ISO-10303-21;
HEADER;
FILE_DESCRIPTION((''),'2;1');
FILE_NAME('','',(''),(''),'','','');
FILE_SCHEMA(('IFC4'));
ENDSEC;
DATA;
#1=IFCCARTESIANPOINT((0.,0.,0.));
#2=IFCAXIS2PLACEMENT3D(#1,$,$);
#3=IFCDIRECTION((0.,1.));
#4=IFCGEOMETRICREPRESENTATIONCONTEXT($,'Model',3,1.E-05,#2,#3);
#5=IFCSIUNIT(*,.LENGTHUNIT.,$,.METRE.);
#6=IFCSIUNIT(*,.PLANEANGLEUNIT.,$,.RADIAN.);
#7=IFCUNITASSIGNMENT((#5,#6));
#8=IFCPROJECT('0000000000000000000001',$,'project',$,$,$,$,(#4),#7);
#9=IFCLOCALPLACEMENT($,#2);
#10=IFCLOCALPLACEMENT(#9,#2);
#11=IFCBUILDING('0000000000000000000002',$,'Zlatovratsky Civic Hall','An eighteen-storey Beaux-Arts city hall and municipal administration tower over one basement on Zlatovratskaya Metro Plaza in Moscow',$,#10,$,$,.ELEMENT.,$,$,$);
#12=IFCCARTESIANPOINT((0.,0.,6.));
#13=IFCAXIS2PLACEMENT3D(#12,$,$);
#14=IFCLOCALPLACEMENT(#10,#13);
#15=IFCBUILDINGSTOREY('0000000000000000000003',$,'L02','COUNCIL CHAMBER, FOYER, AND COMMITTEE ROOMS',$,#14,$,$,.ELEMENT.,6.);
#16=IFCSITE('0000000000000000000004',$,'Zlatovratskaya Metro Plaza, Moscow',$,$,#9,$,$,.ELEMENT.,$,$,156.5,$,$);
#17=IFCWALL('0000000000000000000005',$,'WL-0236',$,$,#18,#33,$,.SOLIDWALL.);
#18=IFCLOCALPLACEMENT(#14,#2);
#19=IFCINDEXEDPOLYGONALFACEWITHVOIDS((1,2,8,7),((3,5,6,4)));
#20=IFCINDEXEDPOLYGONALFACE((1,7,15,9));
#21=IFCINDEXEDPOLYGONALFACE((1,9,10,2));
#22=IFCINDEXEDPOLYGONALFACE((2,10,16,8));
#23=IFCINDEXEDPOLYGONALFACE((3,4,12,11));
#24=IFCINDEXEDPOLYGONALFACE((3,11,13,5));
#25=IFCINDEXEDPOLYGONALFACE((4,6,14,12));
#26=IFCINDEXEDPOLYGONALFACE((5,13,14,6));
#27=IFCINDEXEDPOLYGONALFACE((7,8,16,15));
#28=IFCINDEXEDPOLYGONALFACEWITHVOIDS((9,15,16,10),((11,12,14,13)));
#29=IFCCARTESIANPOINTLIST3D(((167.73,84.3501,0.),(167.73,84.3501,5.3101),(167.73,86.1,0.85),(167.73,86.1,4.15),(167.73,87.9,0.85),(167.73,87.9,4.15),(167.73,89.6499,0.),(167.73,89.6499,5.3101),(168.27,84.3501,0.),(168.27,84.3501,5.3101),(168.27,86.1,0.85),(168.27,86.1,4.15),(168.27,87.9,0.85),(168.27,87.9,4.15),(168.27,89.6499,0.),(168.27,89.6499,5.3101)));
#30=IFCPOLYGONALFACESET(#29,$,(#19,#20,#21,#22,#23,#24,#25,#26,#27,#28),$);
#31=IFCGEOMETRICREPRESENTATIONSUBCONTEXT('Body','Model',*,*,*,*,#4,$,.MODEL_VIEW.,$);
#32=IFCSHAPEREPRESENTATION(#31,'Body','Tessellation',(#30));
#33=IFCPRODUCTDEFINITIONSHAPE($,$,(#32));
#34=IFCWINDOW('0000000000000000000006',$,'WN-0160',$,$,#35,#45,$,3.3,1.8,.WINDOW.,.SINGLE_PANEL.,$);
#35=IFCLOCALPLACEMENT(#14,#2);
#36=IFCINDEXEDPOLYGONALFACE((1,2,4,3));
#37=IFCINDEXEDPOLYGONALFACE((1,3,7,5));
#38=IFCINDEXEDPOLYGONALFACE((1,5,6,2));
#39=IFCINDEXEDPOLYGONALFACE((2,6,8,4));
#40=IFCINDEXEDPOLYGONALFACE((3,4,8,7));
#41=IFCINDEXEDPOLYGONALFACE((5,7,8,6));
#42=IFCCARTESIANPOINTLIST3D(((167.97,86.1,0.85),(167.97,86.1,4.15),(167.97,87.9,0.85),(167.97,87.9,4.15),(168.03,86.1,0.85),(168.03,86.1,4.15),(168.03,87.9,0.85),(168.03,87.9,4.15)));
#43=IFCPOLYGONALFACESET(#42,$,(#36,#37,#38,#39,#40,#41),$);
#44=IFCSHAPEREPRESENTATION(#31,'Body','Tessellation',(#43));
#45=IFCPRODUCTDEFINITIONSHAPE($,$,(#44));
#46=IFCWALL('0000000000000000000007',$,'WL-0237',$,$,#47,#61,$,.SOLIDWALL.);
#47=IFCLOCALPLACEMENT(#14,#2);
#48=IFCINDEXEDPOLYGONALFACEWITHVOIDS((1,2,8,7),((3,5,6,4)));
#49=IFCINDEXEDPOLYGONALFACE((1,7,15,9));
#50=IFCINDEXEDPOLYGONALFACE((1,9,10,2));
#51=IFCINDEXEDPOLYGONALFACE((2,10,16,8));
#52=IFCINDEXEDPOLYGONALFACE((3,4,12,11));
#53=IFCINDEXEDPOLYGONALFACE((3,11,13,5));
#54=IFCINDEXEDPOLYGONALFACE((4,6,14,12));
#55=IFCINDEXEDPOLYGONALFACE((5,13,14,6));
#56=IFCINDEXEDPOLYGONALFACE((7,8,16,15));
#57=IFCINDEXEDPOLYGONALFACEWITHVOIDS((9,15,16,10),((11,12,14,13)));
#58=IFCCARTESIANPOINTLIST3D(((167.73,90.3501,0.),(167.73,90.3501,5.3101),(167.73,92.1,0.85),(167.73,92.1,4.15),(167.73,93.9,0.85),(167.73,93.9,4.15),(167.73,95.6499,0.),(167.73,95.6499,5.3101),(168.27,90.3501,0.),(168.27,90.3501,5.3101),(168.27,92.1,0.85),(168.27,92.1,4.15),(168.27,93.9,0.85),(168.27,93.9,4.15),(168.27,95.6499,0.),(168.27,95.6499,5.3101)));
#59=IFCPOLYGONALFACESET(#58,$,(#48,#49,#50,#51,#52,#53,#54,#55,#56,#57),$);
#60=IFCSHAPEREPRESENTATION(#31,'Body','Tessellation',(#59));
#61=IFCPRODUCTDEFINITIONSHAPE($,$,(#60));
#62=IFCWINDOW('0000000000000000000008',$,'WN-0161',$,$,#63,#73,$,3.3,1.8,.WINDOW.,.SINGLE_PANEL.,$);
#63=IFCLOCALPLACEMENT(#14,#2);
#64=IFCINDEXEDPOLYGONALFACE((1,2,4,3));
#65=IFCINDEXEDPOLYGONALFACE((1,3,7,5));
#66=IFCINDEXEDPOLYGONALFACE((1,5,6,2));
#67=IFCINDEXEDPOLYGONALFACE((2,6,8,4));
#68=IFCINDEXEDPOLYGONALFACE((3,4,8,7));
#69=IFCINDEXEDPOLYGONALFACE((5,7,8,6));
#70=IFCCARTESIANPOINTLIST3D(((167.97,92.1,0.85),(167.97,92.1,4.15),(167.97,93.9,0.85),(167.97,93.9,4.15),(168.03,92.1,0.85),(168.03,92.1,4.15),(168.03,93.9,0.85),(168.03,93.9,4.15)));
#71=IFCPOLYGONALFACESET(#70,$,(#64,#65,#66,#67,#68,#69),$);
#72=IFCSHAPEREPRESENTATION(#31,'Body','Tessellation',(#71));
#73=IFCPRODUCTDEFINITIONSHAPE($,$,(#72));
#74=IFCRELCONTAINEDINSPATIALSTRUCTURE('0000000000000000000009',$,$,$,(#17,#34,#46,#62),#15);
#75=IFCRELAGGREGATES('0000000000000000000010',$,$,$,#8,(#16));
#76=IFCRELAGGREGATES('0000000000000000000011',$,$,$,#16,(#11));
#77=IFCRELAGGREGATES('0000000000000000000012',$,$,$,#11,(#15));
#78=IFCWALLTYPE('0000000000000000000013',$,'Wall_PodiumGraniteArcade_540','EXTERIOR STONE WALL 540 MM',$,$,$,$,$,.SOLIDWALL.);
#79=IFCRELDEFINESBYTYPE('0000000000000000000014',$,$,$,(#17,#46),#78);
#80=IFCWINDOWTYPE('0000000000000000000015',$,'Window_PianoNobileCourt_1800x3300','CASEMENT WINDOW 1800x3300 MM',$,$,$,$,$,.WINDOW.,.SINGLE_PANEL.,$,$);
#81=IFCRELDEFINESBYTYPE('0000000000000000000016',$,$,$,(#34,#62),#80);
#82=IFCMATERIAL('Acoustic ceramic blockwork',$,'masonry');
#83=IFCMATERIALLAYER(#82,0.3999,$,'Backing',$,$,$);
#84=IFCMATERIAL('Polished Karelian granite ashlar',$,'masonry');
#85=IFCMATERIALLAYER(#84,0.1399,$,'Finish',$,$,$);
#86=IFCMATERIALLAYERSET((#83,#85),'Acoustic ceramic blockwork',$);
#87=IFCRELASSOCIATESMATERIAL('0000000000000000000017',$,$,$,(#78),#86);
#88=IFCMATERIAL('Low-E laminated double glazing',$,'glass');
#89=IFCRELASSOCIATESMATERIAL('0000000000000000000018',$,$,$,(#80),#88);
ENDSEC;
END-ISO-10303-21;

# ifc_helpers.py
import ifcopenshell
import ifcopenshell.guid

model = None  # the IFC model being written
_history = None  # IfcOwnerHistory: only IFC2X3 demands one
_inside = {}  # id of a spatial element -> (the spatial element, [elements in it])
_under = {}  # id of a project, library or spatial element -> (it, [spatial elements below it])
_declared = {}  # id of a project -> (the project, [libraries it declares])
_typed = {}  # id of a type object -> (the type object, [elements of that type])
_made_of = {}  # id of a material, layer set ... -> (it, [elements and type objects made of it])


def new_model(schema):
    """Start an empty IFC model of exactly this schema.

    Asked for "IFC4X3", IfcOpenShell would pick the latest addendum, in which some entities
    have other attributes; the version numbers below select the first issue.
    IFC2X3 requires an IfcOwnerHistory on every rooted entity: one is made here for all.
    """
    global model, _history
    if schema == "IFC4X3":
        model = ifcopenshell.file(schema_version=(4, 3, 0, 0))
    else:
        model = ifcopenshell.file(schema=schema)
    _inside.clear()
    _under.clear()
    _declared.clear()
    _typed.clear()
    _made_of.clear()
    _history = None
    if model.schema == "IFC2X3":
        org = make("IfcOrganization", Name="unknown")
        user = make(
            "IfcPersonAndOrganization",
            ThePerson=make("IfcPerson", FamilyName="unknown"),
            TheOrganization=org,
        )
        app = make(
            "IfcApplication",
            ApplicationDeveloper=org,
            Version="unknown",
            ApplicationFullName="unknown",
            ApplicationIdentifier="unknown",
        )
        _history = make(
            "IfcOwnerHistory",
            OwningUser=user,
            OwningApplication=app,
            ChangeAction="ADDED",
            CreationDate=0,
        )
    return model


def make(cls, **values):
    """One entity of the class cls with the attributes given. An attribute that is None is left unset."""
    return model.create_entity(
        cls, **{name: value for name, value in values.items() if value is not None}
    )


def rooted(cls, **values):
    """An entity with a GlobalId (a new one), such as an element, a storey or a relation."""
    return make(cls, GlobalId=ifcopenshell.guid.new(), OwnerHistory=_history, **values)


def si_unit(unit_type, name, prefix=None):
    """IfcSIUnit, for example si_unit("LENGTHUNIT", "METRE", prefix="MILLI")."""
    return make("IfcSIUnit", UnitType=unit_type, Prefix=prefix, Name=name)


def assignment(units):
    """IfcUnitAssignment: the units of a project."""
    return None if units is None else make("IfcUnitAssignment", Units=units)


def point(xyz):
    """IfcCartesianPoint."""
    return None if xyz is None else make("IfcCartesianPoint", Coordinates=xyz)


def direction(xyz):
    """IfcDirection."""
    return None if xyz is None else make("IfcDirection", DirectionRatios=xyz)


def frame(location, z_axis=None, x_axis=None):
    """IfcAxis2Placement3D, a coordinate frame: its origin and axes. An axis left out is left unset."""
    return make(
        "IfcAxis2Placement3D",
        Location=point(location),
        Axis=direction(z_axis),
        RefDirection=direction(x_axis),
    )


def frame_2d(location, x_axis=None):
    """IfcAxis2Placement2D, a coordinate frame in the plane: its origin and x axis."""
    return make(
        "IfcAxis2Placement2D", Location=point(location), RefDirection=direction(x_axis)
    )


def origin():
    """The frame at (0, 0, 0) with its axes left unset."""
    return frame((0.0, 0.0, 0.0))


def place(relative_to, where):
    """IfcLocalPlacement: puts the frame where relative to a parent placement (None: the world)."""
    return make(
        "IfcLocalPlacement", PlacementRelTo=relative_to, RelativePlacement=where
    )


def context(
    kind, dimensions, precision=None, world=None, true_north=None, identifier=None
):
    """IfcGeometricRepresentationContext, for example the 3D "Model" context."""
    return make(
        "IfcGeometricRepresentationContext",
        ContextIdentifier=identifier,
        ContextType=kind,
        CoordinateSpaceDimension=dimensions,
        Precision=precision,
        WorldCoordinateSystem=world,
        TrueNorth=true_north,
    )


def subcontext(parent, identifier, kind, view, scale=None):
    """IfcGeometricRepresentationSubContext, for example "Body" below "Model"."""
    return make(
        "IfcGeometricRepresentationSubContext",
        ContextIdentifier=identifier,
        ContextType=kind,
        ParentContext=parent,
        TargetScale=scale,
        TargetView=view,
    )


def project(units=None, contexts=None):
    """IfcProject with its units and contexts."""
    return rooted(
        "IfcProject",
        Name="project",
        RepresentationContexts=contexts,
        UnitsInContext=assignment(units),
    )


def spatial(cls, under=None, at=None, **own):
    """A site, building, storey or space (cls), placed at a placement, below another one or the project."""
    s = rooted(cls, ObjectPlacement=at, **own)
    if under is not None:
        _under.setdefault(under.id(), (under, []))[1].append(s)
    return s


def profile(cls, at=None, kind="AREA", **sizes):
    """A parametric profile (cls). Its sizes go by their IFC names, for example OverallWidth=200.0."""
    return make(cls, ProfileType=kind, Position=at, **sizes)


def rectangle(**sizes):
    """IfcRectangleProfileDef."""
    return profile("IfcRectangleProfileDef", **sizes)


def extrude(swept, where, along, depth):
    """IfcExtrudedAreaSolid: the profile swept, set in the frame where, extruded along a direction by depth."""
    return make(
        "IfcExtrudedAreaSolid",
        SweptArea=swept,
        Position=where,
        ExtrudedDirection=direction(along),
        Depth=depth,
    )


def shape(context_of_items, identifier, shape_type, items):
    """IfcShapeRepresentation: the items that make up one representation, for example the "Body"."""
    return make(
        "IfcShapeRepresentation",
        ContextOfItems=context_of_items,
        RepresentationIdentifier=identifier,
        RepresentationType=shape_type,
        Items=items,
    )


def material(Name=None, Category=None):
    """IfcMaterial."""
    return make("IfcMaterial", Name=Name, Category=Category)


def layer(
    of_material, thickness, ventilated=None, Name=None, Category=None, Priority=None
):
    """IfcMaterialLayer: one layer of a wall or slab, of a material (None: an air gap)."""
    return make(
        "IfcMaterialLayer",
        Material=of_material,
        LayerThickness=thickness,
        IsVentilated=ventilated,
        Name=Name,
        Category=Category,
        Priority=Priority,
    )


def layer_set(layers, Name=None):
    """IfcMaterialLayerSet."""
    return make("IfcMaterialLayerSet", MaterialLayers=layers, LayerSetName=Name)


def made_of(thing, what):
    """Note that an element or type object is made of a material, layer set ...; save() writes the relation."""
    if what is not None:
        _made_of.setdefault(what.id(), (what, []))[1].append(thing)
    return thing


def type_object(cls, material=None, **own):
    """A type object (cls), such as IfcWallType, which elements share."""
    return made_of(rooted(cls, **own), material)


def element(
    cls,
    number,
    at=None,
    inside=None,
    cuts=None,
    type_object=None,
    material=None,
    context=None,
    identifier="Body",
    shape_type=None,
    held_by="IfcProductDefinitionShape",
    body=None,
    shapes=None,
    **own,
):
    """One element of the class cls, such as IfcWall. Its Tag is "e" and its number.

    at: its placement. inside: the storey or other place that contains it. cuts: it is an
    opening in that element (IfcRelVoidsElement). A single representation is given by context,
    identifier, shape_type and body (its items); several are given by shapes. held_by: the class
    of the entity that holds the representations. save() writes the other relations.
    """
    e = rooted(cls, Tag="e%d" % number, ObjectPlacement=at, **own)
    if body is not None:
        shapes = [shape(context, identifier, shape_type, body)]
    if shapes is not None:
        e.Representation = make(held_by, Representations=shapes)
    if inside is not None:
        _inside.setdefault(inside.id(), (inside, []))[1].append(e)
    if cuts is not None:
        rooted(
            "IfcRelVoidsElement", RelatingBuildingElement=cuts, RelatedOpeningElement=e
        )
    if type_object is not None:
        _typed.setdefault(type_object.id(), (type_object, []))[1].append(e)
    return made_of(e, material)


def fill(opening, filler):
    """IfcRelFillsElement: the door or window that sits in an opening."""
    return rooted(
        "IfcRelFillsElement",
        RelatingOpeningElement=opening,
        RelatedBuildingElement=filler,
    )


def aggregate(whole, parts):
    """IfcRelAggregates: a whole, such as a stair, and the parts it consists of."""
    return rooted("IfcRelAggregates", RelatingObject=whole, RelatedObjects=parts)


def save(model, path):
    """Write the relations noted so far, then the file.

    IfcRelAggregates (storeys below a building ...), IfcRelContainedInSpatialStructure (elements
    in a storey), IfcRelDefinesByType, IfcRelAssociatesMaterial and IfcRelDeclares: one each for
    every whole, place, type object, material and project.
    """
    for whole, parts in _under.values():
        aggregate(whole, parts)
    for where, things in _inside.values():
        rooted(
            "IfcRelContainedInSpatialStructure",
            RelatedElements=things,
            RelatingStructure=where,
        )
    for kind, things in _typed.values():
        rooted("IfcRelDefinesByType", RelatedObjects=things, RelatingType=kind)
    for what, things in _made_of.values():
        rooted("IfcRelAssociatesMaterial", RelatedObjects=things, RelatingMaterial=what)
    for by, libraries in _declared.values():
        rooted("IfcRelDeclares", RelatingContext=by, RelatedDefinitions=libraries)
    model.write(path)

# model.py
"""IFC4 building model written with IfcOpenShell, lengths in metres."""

from ifc_helpers import new_model, si_unit, direction, frame, frame_2d, origin, place, context, subcontext, project, spatial, rectangle, extrude, material, layer, layer_set, type_object, element, fill, save


model = new_model("IFC4")

# Units and contexts
model_context = context("Model", 3, precision=1e-05, world=origin(), true_north=direction((0.0, 1.0)))
body_context = subcontext(model_context, "Body", "Model", "MODEL_VIEW")
ifc_project = project(units=[si_unit("LENGTHUNIT", "METRE"), si_unit("PLANEANGLEUNIT", "RADIAN")], contexts=[model_context])

# Site, building, storey
site_placement = place(None, origin())
site = spatial("IfcSite", under=ifc_project, at=site_placement, Name="Zlatovratskaya Metro Plaza, Moscow", CompositionType="ELEMENT", RefElevation=156.5)
building_placement = place(site_placement, origin())
building = spatial("IfcBuilding", under=site, at=building_placement, Name="Zlatovratsky Civic Hall", Description="An eighteen-storey Beaux-Arts city hall and municipal administration tower over one basement on Zlatovratskaya Metro Plaza in Moscow", CompositionType="ELEMENT")
storey_placement = place(building_placement, frame((0.0, 0.0, 6.0)))
storey = spatial("IfcBuildingStorey", under=building, at=storey_placement, Name="L02", Description="COUNCIL CHAMBER, FOYER, AND COMMITTEE ROOMS", CompositionType="ELEMENT", Elevation=6.0)

# Shared definitions
ifc_material_1 = material(Name="Acoustic ceramic blockwork", Category="masonry")

# Walls, openings, windows
ifc_layer_1 = layer(ifc_material_1, 0.3999, Name="Backing")
ifc_material_2 = material(Name="Polished Karelian granite ashlar", Category="masonry")
ifc_layer_2 = layer(ifc_material_2, 0.1399, Name="Finish")
ifc_layer_set_1 = layer_set([ifc_layer_1, ifc_layer_2], Name="Acoustic ceramic blockwork")
wall_type_1 = type_object("IfcWallType", Name="Wall_PodiumGraniteArcade_540", Description="EXTERIOR STONE WALL 540 MM", PredefinedType="SOLIDWALL", material=ifc_layer_set_1)
ifc_material_3 = material(Name="Low-E laminated double glazing", Category="glass")
window_type = type_object("IfcWindowType", Name="Window_PianoNobileCourt_1800x3300", Description="CASEMENT WINDOW 1800x3300 MM", PartitioningType="SINGLE_PANEL", PredefinedType="WINDOW", material=ifc_material_3)
wall_1_placement = place(storey_placement, frame((168.0, 84.3501, 0.0), z_axis=(0.0, 0.0, 1.0), x_axis=(0.0, 1.0, 0.0)))
wall_1 = element("IfcWall", 1, at=wall_1_placement, inside=storey, type_object=wall_type_1, Name="WL-0236", PredefinedType="SOLIDWALL", context=body_context, shape_type="SweptSolid", body=[
    extrude(rectangle(XDim=5.2998, YDim=0.54, at=frame_2d((2.6499, 0.0))), origin(), (0.0, 0.0, 1.0), 5.3101),
])
opening_1_placement = place(wall_1_placement, frame((1.75, 0.0, 0.8501)))
opening_1 = element("IfcOpeningElement", 2, at=opening_1_placement, cuts=wall_1, PredefinedType="OPENING", context=body_context, shape_type="SweptSolid", body=[
    extrude(rectangle(XDim=1.8, YDim=3.3, at=frame_2d((0.8999, 1.6499))), frame((0.0, 0.2849, 0.0), z_axis=(0.0, -1.0, 0.0), x_axis=(1.0, 0.0, 0.0)), (0.0, 0.0, 1.0), 0.5698),
])
window_1_placement = place(opening_1_placement, origin())
window_1 = element("IfcWindow", 3, at=window_1_placement, inside=storey, type_object=window_type, Name="WN-0160", OverallHeight=3.3, OverallWidth=1.8, PartitioningType="SINGLE_PANEL", PredefinedType="WINDOW", context=body_context, shape_type="SweptSolid", body=[
    extrude(rectangle(XDim=1.8, YDim=3.3, at=frame_2d((0.8999, 1.6499))), frame((0.0, 0.03, 0.0), z_axis=(0.0, -1.0, 0.0), x_axis=(1.0, 0.0, 0.0)), (0.0, 0.0, 1.0), 0.0601),
])
fill(opening_1, window_1)
wall_2_placement = place(storey_placement, frame((168.0, 90.3501, 0.0), z_axis=(0.0, 0.0, 1.0), x_axis=(0.0, 1.0, 0.0)))
wall_2 = element("IfcWall", 4, at=wall_2_placement, inside=storey, type_object=wall_type_1, Name="WL-0237", PredefinedType="SOLIDWALL", context=body_context, shape_type="SweptSolid", body=[
    extrude(rectangle(XDim=5.2998, YDim=0.54, at=frame_2d((2.6499, 0.0))), origin(), (0.0, 0.0, 1.0), 5.3101),
])
opening_2_placement = place(wall_2_placement, frame((1.75, 0.0, 0.8501)))
opening_2 = element("IfcOpeningElement", 5, at=opening_2_placement, cuts=wall_2, PredefinedType="OPENING", context=body_context, shape_type="SweptSolid", body=[
    extrude(rectangle(XDim=1.8, YDim=3.3, at=frame_2d((0.8999, 1.6499))), frame((0.0, 0.2849, 0.0), z_axis=(0.0, -1.0, 0.0), x_axis=(1.0, 0.0, 0.0)), (0.0, 0.0, 1.0), 0.5698),
])
window_2_placement = place(opening_2_placement, origin())
window_2 = element("IfcWindow", 6, at=window_2_placement, inside=storey, type_object=window_type, Name="WN-0161", OverallHeight=3.3, OverallWidth=1.8, PartitioningType="SINGLE_PANEL", PredefinedType="WINDOW", context=body_context, shape_type="SweptSolid", body=[
    extrude(rectangle(XDim=1.8, YDim=3.3, at=frame_2d((0.8999, 1.6499))), frame((0.0, 0.03, 0.0), z_axis=(0.0, -1.0, 0.0), x_axis=(1.0, 0.0, 0.0)), (0.0, 0.0, 1.0), 0.0601),
])
fill(opening_2, window_2)

save(model, "model.ifc")
